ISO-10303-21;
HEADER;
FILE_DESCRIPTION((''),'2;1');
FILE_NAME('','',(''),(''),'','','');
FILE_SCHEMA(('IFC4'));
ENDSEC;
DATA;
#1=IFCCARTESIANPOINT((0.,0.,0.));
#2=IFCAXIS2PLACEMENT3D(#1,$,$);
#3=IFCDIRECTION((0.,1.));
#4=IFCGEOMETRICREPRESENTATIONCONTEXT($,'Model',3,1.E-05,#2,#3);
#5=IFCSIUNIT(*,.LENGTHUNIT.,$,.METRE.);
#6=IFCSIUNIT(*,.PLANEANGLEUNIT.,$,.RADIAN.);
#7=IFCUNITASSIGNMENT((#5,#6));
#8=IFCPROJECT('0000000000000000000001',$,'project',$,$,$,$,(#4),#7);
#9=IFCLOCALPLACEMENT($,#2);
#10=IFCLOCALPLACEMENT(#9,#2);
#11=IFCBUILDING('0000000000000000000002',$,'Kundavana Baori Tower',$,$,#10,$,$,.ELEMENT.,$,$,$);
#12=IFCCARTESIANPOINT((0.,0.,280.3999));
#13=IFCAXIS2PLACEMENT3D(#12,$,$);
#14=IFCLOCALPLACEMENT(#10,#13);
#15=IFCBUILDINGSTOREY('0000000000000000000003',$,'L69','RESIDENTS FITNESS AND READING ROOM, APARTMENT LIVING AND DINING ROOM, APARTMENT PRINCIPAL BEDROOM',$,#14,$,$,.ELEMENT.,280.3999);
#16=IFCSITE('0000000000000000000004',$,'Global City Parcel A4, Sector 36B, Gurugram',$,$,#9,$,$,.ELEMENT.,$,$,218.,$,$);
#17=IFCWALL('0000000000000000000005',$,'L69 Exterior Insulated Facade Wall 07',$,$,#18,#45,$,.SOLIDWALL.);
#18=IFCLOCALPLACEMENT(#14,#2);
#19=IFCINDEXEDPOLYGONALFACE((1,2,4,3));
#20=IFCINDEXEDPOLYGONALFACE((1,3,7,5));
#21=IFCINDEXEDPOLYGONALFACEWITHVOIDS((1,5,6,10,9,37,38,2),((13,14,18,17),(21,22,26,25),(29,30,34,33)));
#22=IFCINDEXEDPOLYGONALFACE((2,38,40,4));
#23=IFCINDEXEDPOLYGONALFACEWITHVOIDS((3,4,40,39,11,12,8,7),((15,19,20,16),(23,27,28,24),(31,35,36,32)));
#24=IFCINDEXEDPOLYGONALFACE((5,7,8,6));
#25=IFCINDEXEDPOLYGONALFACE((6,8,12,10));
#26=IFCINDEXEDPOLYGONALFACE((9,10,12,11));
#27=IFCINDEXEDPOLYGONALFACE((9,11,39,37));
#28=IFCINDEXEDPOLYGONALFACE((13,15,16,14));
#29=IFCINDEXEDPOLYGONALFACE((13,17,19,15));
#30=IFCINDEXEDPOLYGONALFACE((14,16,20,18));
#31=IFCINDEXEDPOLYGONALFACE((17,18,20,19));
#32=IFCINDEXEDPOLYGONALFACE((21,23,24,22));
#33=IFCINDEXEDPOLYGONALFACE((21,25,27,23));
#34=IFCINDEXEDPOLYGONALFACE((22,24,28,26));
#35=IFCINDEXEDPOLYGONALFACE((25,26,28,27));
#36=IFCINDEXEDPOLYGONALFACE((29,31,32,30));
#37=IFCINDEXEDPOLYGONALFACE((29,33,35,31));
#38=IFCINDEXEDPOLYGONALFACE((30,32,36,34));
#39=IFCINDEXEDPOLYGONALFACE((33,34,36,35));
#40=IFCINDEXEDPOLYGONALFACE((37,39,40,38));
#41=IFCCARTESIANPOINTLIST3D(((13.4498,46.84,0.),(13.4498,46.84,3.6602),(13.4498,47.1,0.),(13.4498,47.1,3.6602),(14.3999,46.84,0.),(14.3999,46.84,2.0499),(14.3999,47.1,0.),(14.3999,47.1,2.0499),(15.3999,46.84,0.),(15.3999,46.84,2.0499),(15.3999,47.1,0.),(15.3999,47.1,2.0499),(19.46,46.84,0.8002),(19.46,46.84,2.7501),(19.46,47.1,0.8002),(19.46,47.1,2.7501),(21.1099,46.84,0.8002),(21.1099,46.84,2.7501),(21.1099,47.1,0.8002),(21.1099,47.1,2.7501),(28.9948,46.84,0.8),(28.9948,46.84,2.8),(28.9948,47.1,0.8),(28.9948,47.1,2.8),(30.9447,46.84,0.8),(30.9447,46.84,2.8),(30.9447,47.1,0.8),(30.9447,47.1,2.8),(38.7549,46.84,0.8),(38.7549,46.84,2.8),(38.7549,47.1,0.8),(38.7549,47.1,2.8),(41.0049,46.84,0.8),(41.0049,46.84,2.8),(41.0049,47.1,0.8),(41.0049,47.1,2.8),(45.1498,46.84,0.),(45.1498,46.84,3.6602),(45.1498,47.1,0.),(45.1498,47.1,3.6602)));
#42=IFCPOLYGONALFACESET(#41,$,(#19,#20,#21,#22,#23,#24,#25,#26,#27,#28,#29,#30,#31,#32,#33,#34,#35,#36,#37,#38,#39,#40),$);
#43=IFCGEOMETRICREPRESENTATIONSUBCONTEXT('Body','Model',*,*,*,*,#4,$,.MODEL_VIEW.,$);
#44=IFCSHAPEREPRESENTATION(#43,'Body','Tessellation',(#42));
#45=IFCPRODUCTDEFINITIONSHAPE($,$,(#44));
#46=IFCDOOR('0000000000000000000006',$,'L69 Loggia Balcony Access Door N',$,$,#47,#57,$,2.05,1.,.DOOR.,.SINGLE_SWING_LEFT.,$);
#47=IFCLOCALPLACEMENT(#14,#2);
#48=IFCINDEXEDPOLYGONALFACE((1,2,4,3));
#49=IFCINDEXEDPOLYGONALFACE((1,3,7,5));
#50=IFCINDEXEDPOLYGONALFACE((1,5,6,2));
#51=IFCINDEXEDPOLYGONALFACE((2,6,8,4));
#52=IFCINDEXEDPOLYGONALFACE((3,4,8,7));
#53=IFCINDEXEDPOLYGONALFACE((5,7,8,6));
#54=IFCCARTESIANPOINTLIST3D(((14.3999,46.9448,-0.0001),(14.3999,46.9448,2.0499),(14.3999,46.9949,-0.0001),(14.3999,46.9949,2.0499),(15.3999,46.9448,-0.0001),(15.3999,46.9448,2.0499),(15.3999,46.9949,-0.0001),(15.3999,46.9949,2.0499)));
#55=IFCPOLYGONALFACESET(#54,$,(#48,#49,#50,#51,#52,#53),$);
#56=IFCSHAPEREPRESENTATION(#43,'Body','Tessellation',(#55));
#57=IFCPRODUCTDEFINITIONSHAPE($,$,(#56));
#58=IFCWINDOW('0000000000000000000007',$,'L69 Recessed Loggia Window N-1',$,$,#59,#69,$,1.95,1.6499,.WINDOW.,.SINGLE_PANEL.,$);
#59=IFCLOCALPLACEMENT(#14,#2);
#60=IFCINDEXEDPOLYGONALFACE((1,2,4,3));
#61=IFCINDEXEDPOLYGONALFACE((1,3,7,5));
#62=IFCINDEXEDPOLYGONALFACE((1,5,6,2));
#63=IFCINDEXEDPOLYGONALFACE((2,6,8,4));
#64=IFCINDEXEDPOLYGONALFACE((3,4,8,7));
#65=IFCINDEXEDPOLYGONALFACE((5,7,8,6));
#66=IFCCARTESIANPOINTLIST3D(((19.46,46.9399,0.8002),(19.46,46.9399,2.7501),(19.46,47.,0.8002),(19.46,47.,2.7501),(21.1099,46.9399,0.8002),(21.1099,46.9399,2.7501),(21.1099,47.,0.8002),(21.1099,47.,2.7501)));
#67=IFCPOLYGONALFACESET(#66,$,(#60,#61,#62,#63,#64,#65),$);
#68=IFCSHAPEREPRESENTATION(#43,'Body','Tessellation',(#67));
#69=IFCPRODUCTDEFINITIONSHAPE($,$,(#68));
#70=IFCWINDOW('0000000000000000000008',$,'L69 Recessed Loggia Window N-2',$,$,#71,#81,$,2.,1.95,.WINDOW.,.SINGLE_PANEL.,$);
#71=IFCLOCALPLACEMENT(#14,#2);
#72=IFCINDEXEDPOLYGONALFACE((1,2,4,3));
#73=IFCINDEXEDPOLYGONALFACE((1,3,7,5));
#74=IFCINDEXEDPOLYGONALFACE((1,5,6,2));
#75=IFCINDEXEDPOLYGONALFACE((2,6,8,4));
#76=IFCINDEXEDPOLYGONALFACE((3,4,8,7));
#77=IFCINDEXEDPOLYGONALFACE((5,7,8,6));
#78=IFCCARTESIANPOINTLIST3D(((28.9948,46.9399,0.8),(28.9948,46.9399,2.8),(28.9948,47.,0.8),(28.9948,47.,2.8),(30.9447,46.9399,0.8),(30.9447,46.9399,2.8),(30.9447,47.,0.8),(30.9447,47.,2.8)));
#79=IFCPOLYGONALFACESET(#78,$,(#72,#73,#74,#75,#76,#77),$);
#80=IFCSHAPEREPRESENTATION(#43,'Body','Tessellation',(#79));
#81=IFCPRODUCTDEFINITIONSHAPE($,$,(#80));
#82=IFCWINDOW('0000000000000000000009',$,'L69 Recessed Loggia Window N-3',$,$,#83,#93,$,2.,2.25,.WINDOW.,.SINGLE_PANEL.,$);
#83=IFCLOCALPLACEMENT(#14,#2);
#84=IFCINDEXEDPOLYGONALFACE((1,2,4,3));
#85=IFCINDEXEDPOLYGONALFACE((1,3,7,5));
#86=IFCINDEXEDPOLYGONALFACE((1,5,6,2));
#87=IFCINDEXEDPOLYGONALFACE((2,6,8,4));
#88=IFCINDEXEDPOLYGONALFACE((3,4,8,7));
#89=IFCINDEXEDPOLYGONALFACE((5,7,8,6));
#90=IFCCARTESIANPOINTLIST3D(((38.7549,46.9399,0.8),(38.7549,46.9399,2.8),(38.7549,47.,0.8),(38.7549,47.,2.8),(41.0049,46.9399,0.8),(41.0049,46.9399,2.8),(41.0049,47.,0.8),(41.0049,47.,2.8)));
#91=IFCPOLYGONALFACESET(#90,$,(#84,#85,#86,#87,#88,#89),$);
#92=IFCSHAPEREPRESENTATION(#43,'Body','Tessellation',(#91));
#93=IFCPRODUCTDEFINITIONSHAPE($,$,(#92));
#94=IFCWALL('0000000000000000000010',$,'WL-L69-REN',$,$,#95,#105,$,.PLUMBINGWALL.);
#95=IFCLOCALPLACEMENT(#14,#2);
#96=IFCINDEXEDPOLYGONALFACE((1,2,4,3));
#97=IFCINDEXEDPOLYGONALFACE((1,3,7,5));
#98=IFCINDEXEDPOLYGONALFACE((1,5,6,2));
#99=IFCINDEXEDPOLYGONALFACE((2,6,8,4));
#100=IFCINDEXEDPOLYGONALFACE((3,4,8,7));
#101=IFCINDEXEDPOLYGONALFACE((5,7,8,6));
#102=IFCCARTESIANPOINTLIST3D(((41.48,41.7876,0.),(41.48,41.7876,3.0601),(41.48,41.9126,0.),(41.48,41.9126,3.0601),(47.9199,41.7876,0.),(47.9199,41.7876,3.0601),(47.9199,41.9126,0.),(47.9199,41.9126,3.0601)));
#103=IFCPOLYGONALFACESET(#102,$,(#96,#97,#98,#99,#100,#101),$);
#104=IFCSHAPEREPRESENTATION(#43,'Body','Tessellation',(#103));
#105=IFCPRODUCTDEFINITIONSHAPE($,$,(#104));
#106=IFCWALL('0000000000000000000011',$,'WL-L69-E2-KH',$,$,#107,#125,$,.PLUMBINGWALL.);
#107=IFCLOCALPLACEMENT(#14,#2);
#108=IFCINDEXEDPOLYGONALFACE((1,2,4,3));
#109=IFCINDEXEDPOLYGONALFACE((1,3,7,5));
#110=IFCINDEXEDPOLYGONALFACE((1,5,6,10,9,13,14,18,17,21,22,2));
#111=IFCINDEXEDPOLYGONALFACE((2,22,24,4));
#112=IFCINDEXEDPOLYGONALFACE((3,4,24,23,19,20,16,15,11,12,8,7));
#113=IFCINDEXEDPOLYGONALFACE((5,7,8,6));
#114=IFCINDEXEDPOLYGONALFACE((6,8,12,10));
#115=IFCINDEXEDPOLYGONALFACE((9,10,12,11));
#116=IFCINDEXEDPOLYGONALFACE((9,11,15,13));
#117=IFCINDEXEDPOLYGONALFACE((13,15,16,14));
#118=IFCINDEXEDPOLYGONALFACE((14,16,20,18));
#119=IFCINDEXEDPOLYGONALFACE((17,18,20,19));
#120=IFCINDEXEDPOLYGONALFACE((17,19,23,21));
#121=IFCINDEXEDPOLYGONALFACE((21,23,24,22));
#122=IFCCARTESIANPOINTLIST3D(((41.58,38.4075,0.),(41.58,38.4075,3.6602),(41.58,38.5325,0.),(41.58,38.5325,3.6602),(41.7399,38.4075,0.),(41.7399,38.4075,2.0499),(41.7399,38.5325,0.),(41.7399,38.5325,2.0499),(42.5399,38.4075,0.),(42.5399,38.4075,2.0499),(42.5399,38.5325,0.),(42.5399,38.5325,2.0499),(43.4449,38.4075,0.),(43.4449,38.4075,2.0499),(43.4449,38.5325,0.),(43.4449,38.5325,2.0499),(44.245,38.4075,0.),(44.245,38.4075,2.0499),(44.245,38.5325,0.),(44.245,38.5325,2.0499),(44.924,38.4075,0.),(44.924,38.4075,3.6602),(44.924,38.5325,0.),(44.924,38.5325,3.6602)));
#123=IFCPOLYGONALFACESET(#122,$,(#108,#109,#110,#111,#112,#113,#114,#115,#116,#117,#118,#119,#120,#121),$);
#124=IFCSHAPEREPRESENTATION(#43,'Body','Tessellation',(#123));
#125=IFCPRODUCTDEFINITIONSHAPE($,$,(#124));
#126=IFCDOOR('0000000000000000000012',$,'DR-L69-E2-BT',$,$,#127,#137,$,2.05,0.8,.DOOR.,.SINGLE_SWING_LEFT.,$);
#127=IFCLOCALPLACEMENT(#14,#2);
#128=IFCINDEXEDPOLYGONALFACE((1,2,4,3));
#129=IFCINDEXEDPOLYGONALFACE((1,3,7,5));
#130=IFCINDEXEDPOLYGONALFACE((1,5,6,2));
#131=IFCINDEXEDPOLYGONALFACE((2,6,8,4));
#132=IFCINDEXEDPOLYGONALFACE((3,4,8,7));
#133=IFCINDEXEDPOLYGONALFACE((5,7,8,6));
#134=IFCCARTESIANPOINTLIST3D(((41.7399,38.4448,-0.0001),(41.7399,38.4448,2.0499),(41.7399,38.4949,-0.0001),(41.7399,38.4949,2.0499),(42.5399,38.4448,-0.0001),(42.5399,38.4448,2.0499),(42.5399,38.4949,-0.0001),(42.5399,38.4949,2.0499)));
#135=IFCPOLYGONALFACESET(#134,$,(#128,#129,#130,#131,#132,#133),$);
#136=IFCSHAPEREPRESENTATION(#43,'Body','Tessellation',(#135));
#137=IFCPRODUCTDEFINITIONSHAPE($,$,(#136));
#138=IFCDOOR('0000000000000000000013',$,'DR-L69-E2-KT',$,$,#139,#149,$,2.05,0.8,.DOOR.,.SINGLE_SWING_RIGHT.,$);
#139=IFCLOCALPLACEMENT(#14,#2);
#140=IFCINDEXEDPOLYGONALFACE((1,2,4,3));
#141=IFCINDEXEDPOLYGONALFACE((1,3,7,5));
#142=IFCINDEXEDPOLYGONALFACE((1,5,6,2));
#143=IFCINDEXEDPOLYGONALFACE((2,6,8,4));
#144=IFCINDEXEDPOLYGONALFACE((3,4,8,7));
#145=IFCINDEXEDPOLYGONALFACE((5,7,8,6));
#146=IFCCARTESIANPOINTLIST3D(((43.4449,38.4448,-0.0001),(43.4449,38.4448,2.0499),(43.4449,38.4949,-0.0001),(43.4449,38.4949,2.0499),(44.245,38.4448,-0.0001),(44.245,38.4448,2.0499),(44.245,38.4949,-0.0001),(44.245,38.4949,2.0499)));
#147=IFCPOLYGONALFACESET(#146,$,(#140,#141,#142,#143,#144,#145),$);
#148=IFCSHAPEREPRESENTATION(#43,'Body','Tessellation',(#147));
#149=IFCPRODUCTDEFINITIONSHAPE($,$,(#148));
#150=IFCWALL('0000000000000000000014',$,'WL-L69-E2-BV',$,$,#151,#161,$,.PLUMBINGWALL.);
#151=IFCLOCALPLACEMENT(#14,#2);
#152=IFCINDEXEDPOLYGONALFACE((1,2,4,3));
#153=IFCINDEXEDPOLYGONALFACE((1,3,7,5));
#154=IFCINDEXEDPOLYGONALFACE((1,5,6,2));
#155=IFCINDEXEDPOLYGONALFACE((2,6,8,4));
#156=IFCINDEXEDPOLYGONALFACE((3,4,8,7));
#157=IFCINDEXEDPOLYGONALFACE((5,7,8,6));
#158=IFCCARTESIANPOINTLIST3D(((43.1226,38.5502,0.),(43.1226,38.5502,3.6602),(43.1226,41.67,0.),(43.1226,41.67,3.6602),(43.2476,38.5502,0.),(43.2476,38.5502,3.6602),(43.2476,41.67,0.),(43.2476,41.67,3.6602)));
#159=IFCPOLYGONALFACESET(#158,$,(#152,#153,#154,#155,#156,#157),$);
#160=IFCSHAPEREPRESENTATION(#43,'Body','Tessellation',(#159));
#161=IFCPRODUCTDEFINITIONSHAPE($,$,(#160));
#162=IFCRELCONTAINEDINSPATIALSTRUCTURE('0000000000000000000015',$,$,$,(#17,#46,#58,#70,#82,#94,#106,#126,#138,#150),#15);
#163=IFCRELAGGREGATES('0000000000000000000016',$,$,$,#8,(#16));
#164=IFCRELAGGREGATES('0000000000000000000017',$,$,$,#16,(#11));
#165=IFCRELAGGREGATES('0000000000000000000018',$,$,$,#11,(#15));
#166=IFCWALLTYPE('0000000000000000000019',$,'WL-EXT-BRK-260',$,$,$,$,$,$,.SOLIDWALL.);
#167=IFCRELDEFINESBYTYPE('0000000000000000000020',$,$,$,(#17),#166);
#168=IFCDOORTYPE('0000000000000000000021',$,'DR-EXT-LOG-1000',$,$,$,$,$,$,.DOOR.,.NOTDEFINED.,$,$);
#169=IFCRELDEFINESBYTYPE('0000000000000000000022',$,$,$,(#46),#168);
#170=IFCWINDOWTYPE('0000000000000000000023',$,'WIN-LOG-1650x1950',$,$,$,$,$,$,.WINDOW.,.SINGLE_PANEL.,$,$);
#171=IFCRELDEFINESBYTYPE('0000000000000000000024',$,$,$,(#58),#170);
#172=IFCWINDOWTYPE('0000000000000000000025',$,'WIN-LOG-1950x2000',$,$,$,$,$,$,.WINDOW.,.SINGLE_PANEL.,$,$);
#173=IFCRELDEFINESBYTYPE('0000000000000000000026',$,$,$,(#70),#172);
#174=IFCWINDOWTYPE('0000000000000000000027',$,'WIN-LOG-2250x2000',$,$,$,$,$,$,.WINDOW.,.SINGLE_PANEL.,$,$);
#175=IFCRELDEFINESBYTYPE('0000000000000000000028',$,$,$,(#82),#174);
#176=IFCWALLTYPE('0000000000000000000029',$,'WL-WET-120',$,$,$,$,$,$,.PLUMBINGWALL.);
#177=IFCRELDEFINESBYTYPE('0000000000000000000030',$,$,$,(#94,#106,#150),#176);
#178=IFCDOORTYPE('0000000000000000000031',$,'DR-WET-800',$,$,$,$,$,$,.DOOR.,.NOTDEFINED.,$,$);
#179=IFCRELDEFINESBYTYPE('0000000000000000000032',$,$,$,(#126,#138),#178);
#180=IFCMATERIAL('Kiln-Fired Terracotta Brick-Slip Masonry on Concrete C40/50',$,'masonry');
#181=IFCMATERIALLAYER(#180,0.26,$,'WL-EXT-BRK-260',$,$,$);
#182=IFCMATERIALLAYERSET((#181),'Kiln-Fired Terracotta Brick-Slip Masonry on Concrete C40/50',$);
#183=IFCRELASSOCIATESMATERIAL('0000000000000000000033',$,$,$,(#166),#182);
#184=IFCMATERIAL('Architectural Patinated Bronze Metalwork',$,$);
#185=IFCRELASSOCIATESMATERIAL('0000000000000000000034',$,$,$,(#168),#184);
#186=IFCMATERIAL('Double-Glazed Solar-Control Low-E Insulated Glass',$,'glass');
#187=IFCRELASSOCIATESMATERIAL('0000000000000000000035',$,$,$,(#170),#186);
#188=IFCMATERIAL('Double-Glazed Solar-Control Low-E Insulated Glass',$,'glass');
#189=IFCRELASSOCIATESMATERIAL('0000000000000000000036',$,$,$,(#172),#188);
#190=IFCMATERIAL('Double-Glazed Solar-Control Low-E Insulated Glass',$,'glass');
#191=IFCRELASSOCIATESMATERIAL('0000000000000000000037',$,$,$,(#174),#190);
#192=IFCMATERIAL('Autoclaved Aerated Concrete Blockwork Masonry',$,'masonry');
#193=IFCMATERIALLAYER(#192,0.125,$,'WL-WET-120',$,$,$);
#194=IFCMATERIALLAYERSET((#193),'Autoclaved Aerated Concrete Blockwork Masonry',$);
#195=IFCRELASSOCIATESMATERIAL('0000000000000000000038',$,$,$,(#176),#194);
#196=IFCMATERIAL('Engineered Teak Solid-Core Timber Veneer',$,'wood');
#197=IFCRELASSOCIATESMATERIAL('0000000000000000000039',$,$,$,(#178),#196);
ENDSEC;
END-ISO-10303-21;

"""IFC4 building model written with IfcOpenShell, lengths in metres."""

from ifc_helpers import new_model, si_unit, direction, frame, frame_2d, origin, place, context, subcontext, project, spatial, rectangle, extrude, material, layer, layer_set, type_object, element, fill, save


model = new_model("IFC4")

# Units and contexts
model_context = context("Model", 3, precision=1e-05, world=origin(), true_north=direction((0.0, 1.0)))
body_context = subcontext(model_context, "Body", "Model", "MODEL_VIEW")
ifc_project = project(units=[si_unit("LENGTHUNIT", "METRE"), si_unit("PLANEANGLEUNIT", "RADIAN")], contexts=[model_context])

# Site, building, storey
site_placement = place(None, origin())
site = spatial("IfcSite", under=ifc_project, at=site_placement, Name="Global City Parcel A4, Sector 36B, Gurugram", CompositionType="ELEMENT", RefElevation=218.0)
building_placement = place(site_placement, origin())
building = spatial("IfcBuilding", under=site, at=building_placement, Name="Kundavana Baori Tower", CompositionType="ELEMENT")
storey_placement = place(building_placement, frame((0.0, 0.0, 280.3999)))
storey = spatial("IfcBuildingStorey", under=building, at=storey_placement, Name="L69", Description="RESIDENTS FITNESS AND READING ROOM, APARTMENT LIVING AND DINING ROOM, APARTMENT PRINCIPAL BEDROOM", CompositionType="ELEMENT", Elevation=280.3999)

# Shared definitions
ifc_material_1 = material(Name="Kiln-Fired Terracotta Brick-Slip Masonry on Concrete C40/50", Category="masonry")
ifc_layer_1 = layer(ifc_material_1, 0.26, Name="WL-EXT-BRK-260")
ifc_layer_set_1 = layer_set([ifc_layer_1], Name="Kiln-Fired Terracotta Brick-Slip Masonry on Concrete C40/50")
wall_type_1 = type_object("IfcWallType", Name="WL-EXT-BRK-260", PredefinedType="SOLIDWALL", material=ifc_layer_set_1)

# Wall, openings, door, windows
wall_1_placement = place(storey_placement, frame((45.1499, 46.97, 0.0), z_axis=(0.0, 0.0, 1.0), x_axis=(-1.0, 0.0, 0.0)))
wall_1 = element("IfcWall", 1, at=wall_1_placement, inside=storey, type_object=wall_type_1, Name="L69 Exterior Insulated Facade Wall 07", PredefinedType="SOLIDWALL", context=body_context, shape_type="SweptSolid", body=[
    extrude(rectangle(XDim=31.7, YDim=0.26, at=frame_2d((15.8501, 0.0))), origin(), (0.0, 0.0, 1.0), 3.6602),
])
opening_1_placement = place(wall_1_placement, frame((29.75, 0.0, 0.0)))
opening_1 = element("IfcOpeningElement", 2, at=opening_1_placement, cuts=wall_1, PredefinedType="OPENING", context=body_context, shape_type="SweptSolid", body=[
    extrude(rectangle(XDim=1.0, YDim=2.05, at=frame_2d((0.5, 1.0249))), frame((0.0, 0.1401, 0.0), z_axis=(0.0, -1.0, 0.0), x_axis=(1.0, 0.0, 0.0)), (0.0, 0.0, 1.0), 0.28),
])
opening_2_placement = place(wall_1_placement, frame((24.04, 0.0, 0.8)))
opening_2 = element("IfcOpeningElement", 3, at=opening_2_placement, cuts=wall_1, PredefinedType="OPENING", context=body_context, shape_type="SweptSolid", body=[
    extrude(rectangle(XDim=1.6499, YDim=1.95, at=frame_2d((0.825, 0.9751))), frame((0.0, 0.1401, 0.0), z_axis=(0.0, -1.0, 0.0), x_axis=(1.0, 0.0, 0.0)), (0.0, 0.0, 1.0), 0.28),
])
opening_3_placement = place(wall_1_placement, frame((14.2051, 0.0, 0.8)))
opening_3 = element("IfcOpeningElement", 4, at=opening_3_placement, cuts=wall_1, PredefinedType="OPENING", context=body_context, shape_type="SweptSolid", body=[
    extrude(rectangle(XDim=1.95, YDim=2.0, at=frame_2d((0.9751, 1.0))), frame((0.0, 0.1401, 0.0), z_axis=(0.0, -1.0, 0.0), x_axis=(1.0, 0.0, 0.0)), (0.0, 0.0, 1.0), 0.28),
])
opening_4_placement = place(wall_1_placement, frame((4.145, 0.0, 0.8)))
opening_4 = element("IfcOpeningElement", 5, at=opening_4_placement, cuts=wall_1, PredefinedType="OPENING", context=body_context, shape_type="SweptSolid", body=[
    extrude(rectangle(XDim=2.25, YDim=2.0, at=frame_2d((1.125, 1.0))), frame((0.0, 0.1401, 0.0), z_axis=(0.0, -1.0, 0.0), x_axis=(1.0, 0.0, 0.0)), (0.0, 0.0, 1.0), 0.28),
])
ifc_material_2 = material(Name="Architectural Patinated Bronze Metalwork")
door_type_1 = type_object("IfcDoorType", Name="DR-EXT-LOG-1000", OperationType="NOTDEFINED", PredefinedType="DOOR", material=ifc_material_2)
door_1_placement = place(opening_1_placement, frame((1.0, 0.0, 0.0), z_axis=(0.0, 0.0, 1.0), x_axis=(-1.0, 0.0, 0.0)))
door_1 = element("IfcDoor", 6, at=door_1_placement, inside=storey, type_object=door_type_1, Name="L69 Loggia Balcony Access Door N", OperationType="SINGLE_SWING_LEFT", OverallHeight=2.05, OverallWidth=1.0, PredefinedType="DOOR", context=body_context, shape_type="SweptSolid", body=[
    extrude(rectangle(XDim=1.0, YDim=2.05, at=frame_2d((0.5, 1.0249))), frame((0.0, 0.0249, 0.0), z_axis=(0.0, -1.0, 0.0), x_axis=(1.0, 0.0, 0.0)), (0.0, 0.0, 1.0), 0.05),
])
fill(opening_1, door_1)
ifc_material_3 = material(Name="Double-Glazed Solar-Control Low-E Insulated Glass", Category="glass")
window_type_1 = type_object("IfcWindowType", Name="WIN-LOG-1650x1950", PartitioningType="SINGLE_PANEL", PredefinedType="WINDOW", material=ifc_material_3)
window_1_placement = place(opening_2_placement, origin())
window_1 = element("IfcWindow", 7, at=window_1_placement, inside=storey, type_object=window_type_1, Name="L69 Recessed Loggia Window N-1", OverallHeight=1.95, OverallWidth=1.6499, PartitioningType="SINGLE_PANEL", PredefinedType="WINDOW", context=body_context, shape_type="SweptSolid", body=[
    extrude(rectangle(XDim=1.6499, YDim=1.95, at=frame_2d((0.825, 0.9751))), frame((0.0, 0.03, 0.0), z_axis=(0.0, -1.0, 0.0), x_axis=(1.0, 0.0, 0.0)), (0.0, 0.0, 1.0), 0.0601),
])
fill(opening_2, window_1)
ifc_material_4 = material(Name="Double-Glazed Solar-Control Low-E Insulated Glass", Category="glass")
window_type_2 = type_object("IfcWindowType", Name="WIN-LOG-1950x2000", PartitioningType="SINGLE_PANEL", PredefinedType="WINDOW", material=ifc_material_4)
window_2_placement = place(opening_3_placement, origin())
window_2 = element("IfcWindow", 8, at=window_2_placement, inside=storey, type_object=window_type_2, Name="L69 Recessed Loggia Window N-2", OverallHeight=2.0, OverallWidth=1.95, PartitioningType="SINGLE_PANEL", PredefinedType="WINDOW", context=body_context, shape_type="SweptSolid", body=[
    extrude(rectangle(XDim=1.95, YDim=2.0, at=frame_2d((0.9751, 1.0))), frame((0.0, 0.03, 0.0), z_axis=(0.0, -1.0, 0.0), x_axis=(1.0, 0.0, 0.0)), (0.0, 0.0, 1.0), 0.0601),
])
fill(opening_3, window_2)
ifc_material_5 = material(Name="Double-Glazed Solar-Control Low-E Insulated Glass", Category="glass")
window_type_3 = type_object("IfcWindowType", Name="WIN-LOG-2250x2000", PartitioningType="SINGLE_PANEL", PredefinedType="WINDOW", material=ifc_material_5)
window_3_placement = place(opening_4_placement, origin())
window_3 = element("IfcWindow", 9, at=window_3_placement, inside=storey, type_object=window_type_3, Name="L69 Recessed Loggia Window N-3", OverallHeight=2.0, OverallWidth=2.25, PartitioningType="SINGLE_PANEL", PredefinedType="WINDOW", context=body_context, shape_type="SweptSolid", body=[
    extrude(rectangle(XDim=2.25, YDim=2.0, at=frame_2d((1.125, 1.0))), frame((0.0, 0.03, 0.0), z_axis=(0.0, -1.0, 0.0), x_axis=(1.0, 0.0, 0.0)), (0.0, 0.0, 1.0), 0.0601),
])
fill(opening_4, window_3)

# Wall
ifc_material_6 = material(Name="Autoclaved Aerated Concrete Blockwork Masonry", Category="masonry")
ifc_layer_2 = layer(ifc_material_6, 0.125, Name="WL-WET-120")
ifc_layer_set_2 = layer_set([ifc_layer_2], Name="Autoclaved Aerated Concrete Blockwork Masonry")
wall_type_2 = type_object("IfcWallType", Name="WL-WET-120", PredefinedType="PLUMBINGWALL", material=ifc_layer_set_2)
wall_2_placement = place(storey_placement, frame((41.48, 41.8501, 0.0), z_axis=(0.0, 0.0, 1.0), x_axis=(1.0, 0.0, 0.0)))
element("IfcWall", 10, at=wall_2_placement, inside=storey, type_object=wall_type_2, Name="WL-L69-REN", PredefinedType="PLUMBINGWALL", context=body_context, shape_type="SweptSolid", body=[
    extrude(rectangle(XDim=6.4399, YDim=0.125, at=frame_2d((3.22, 0.0))), origin(), (0.0, 0.0, 1.0), 3.0601),
])

# Wall, openings, doors
wall_3_placement = place(storey_placement, frame((41.5801, 38.47, 0.0), z_axis=(0.0, 0.0, 1.0), x_axis=(1.0, 0.0, 0.0)))
wall_3 = element("IfcWall", 11, at=wall_3_placement, inside=storey, type_object=wall_type_2, Name="WL-L69-E2-KH", PredefinedType="PLUMBINGWALL", context=body_context, shape_type="SweptSolid", body=[
    extrude(rectangle(XDim=3.344, YDim=0.125, at=frame_2d((1.6719, 0.0))), origin(), (0.0, 0.0, 1.0), 3.6602),
])
opening_5_placement = place(wall_3_placement, frame((0.1599, 0.0, 0.0)))
opening_5 = element("IfcOpeningElement", 12, at=opening_5_placement, cuts=wall_3, PredefinedType="OPENING", context=body_context, shape_type="SweptSolid", body=[
    extrude(rectangle(XDim=0.8, YDim=2.05, at=frame_2d((0.3999, 1.0249))), frame((0.0, 0.0725, 0.0), z_axis=(0.0, -1.0, 0.0), x_axis=(1.0, 0.0, 0.0)), (0.0, 0.0, 1.0), 0.145),
])
opening_6_placement = place(wall_3_placement, frame((1.865, 0.0, 0.0)))
opening_6 = element("IfcOpeningElement", 13, at=opening_6_placement, cuts=wall_3, PredefinedType="OPENING", context=body_context, shape_type="SweptSolid", body=[
    extrude(rectangle(XDim=0.8, YDim=2.05, at=frame_2d((0.3999, 1.0249))), frame((0.0, 0.0725, 0.0), z_axis=(0.0, -1.0, 0.0), x_axis=(1.0, 0.0, 0.0)), (0.0, 0.0, 1.0), 0.145),
])
ifc_material_7 = material(Name="Engineered Teak Solid-Core Timber Veneer", Category="wood")
door_type_2 = type_object("IfcDoorType", Name="DR-WET-800", OperationType="NOTDEFINED", PredefinedType="DOOR", material=ifc_material_7)
door_2_placement = place(opening_5_placement, origin())
door_2 = element("IfcDoor", 14, at=door_2_placement, inside=storey, type_object=door_type_2, Name="DR-L69-E2-BT", OperationType="SINGLE_SWING_LEFT", OverallHeight=2.05, OverallWidth=0.8, PredefinedType="DOOR", context=body_context, shape_type="SweptSolid", body=[
    extrude(rectangle(XDim=0.8, YDim=2.05, at=frame_2d((0.3999, 1.0249))), frame((0.0, 0.0249, 0.0), z_axis=(0.0, -1.0, 0.0), x_axis=(1.0, 0.0, 0.0)), (0.0, 0.0, 1.0), 0.05),
])
fill(opening_5, door_2)
door_3_placement = place(opening_6_placement, origin())
door_3 = element("IfcDoor", 15, at=door_3_placement, inside=storey, type_object=door_type_2, Name="DR-L69-E2-KT", OperationType="SINGLE_SWING_RIGHT", OverallHeight=2.05, OverallWidth=0.8, PredefinedType="DOOR", context=body_context, shape_type="SweptSolid", body=[
    extrude(rectangle(XDim=0.8, YDim=2.05, at=frame_2d((0.3999, 1.0249))), frame((0.0, 0.0249, 0.0), z_axis=(0.0, -1.0, 0.0), x_axis=(1.0, 0.0, 0.0)), (0.0, 0.0, 1.0), 0.05),
])
fill(opening_6, door_3)

# Wall
wall_4_placement = place(storey_placement, frame((43.1851, 38.55, 0.0), z_axis=(0.0, 0.0, 1.0), x_axis=(0.0, 1.0, 0.0)))
element("IfcWall", 16, at=wall_4_placement, inside=storey, type_object=wall_type_2, Name="WL-L69-E2-BV", PredefinedType="PLUMBINGWALL", context=body_context, shape_type="SweptSolid", body=[
    extrude(rectangle(XDim=3.1199, YDim=0.125, at=frame_2d((1.5601, 0.0))), origin(), (0.0, 0.0, 1.0), 3.6602),
])

save(model, "model.ifc")
